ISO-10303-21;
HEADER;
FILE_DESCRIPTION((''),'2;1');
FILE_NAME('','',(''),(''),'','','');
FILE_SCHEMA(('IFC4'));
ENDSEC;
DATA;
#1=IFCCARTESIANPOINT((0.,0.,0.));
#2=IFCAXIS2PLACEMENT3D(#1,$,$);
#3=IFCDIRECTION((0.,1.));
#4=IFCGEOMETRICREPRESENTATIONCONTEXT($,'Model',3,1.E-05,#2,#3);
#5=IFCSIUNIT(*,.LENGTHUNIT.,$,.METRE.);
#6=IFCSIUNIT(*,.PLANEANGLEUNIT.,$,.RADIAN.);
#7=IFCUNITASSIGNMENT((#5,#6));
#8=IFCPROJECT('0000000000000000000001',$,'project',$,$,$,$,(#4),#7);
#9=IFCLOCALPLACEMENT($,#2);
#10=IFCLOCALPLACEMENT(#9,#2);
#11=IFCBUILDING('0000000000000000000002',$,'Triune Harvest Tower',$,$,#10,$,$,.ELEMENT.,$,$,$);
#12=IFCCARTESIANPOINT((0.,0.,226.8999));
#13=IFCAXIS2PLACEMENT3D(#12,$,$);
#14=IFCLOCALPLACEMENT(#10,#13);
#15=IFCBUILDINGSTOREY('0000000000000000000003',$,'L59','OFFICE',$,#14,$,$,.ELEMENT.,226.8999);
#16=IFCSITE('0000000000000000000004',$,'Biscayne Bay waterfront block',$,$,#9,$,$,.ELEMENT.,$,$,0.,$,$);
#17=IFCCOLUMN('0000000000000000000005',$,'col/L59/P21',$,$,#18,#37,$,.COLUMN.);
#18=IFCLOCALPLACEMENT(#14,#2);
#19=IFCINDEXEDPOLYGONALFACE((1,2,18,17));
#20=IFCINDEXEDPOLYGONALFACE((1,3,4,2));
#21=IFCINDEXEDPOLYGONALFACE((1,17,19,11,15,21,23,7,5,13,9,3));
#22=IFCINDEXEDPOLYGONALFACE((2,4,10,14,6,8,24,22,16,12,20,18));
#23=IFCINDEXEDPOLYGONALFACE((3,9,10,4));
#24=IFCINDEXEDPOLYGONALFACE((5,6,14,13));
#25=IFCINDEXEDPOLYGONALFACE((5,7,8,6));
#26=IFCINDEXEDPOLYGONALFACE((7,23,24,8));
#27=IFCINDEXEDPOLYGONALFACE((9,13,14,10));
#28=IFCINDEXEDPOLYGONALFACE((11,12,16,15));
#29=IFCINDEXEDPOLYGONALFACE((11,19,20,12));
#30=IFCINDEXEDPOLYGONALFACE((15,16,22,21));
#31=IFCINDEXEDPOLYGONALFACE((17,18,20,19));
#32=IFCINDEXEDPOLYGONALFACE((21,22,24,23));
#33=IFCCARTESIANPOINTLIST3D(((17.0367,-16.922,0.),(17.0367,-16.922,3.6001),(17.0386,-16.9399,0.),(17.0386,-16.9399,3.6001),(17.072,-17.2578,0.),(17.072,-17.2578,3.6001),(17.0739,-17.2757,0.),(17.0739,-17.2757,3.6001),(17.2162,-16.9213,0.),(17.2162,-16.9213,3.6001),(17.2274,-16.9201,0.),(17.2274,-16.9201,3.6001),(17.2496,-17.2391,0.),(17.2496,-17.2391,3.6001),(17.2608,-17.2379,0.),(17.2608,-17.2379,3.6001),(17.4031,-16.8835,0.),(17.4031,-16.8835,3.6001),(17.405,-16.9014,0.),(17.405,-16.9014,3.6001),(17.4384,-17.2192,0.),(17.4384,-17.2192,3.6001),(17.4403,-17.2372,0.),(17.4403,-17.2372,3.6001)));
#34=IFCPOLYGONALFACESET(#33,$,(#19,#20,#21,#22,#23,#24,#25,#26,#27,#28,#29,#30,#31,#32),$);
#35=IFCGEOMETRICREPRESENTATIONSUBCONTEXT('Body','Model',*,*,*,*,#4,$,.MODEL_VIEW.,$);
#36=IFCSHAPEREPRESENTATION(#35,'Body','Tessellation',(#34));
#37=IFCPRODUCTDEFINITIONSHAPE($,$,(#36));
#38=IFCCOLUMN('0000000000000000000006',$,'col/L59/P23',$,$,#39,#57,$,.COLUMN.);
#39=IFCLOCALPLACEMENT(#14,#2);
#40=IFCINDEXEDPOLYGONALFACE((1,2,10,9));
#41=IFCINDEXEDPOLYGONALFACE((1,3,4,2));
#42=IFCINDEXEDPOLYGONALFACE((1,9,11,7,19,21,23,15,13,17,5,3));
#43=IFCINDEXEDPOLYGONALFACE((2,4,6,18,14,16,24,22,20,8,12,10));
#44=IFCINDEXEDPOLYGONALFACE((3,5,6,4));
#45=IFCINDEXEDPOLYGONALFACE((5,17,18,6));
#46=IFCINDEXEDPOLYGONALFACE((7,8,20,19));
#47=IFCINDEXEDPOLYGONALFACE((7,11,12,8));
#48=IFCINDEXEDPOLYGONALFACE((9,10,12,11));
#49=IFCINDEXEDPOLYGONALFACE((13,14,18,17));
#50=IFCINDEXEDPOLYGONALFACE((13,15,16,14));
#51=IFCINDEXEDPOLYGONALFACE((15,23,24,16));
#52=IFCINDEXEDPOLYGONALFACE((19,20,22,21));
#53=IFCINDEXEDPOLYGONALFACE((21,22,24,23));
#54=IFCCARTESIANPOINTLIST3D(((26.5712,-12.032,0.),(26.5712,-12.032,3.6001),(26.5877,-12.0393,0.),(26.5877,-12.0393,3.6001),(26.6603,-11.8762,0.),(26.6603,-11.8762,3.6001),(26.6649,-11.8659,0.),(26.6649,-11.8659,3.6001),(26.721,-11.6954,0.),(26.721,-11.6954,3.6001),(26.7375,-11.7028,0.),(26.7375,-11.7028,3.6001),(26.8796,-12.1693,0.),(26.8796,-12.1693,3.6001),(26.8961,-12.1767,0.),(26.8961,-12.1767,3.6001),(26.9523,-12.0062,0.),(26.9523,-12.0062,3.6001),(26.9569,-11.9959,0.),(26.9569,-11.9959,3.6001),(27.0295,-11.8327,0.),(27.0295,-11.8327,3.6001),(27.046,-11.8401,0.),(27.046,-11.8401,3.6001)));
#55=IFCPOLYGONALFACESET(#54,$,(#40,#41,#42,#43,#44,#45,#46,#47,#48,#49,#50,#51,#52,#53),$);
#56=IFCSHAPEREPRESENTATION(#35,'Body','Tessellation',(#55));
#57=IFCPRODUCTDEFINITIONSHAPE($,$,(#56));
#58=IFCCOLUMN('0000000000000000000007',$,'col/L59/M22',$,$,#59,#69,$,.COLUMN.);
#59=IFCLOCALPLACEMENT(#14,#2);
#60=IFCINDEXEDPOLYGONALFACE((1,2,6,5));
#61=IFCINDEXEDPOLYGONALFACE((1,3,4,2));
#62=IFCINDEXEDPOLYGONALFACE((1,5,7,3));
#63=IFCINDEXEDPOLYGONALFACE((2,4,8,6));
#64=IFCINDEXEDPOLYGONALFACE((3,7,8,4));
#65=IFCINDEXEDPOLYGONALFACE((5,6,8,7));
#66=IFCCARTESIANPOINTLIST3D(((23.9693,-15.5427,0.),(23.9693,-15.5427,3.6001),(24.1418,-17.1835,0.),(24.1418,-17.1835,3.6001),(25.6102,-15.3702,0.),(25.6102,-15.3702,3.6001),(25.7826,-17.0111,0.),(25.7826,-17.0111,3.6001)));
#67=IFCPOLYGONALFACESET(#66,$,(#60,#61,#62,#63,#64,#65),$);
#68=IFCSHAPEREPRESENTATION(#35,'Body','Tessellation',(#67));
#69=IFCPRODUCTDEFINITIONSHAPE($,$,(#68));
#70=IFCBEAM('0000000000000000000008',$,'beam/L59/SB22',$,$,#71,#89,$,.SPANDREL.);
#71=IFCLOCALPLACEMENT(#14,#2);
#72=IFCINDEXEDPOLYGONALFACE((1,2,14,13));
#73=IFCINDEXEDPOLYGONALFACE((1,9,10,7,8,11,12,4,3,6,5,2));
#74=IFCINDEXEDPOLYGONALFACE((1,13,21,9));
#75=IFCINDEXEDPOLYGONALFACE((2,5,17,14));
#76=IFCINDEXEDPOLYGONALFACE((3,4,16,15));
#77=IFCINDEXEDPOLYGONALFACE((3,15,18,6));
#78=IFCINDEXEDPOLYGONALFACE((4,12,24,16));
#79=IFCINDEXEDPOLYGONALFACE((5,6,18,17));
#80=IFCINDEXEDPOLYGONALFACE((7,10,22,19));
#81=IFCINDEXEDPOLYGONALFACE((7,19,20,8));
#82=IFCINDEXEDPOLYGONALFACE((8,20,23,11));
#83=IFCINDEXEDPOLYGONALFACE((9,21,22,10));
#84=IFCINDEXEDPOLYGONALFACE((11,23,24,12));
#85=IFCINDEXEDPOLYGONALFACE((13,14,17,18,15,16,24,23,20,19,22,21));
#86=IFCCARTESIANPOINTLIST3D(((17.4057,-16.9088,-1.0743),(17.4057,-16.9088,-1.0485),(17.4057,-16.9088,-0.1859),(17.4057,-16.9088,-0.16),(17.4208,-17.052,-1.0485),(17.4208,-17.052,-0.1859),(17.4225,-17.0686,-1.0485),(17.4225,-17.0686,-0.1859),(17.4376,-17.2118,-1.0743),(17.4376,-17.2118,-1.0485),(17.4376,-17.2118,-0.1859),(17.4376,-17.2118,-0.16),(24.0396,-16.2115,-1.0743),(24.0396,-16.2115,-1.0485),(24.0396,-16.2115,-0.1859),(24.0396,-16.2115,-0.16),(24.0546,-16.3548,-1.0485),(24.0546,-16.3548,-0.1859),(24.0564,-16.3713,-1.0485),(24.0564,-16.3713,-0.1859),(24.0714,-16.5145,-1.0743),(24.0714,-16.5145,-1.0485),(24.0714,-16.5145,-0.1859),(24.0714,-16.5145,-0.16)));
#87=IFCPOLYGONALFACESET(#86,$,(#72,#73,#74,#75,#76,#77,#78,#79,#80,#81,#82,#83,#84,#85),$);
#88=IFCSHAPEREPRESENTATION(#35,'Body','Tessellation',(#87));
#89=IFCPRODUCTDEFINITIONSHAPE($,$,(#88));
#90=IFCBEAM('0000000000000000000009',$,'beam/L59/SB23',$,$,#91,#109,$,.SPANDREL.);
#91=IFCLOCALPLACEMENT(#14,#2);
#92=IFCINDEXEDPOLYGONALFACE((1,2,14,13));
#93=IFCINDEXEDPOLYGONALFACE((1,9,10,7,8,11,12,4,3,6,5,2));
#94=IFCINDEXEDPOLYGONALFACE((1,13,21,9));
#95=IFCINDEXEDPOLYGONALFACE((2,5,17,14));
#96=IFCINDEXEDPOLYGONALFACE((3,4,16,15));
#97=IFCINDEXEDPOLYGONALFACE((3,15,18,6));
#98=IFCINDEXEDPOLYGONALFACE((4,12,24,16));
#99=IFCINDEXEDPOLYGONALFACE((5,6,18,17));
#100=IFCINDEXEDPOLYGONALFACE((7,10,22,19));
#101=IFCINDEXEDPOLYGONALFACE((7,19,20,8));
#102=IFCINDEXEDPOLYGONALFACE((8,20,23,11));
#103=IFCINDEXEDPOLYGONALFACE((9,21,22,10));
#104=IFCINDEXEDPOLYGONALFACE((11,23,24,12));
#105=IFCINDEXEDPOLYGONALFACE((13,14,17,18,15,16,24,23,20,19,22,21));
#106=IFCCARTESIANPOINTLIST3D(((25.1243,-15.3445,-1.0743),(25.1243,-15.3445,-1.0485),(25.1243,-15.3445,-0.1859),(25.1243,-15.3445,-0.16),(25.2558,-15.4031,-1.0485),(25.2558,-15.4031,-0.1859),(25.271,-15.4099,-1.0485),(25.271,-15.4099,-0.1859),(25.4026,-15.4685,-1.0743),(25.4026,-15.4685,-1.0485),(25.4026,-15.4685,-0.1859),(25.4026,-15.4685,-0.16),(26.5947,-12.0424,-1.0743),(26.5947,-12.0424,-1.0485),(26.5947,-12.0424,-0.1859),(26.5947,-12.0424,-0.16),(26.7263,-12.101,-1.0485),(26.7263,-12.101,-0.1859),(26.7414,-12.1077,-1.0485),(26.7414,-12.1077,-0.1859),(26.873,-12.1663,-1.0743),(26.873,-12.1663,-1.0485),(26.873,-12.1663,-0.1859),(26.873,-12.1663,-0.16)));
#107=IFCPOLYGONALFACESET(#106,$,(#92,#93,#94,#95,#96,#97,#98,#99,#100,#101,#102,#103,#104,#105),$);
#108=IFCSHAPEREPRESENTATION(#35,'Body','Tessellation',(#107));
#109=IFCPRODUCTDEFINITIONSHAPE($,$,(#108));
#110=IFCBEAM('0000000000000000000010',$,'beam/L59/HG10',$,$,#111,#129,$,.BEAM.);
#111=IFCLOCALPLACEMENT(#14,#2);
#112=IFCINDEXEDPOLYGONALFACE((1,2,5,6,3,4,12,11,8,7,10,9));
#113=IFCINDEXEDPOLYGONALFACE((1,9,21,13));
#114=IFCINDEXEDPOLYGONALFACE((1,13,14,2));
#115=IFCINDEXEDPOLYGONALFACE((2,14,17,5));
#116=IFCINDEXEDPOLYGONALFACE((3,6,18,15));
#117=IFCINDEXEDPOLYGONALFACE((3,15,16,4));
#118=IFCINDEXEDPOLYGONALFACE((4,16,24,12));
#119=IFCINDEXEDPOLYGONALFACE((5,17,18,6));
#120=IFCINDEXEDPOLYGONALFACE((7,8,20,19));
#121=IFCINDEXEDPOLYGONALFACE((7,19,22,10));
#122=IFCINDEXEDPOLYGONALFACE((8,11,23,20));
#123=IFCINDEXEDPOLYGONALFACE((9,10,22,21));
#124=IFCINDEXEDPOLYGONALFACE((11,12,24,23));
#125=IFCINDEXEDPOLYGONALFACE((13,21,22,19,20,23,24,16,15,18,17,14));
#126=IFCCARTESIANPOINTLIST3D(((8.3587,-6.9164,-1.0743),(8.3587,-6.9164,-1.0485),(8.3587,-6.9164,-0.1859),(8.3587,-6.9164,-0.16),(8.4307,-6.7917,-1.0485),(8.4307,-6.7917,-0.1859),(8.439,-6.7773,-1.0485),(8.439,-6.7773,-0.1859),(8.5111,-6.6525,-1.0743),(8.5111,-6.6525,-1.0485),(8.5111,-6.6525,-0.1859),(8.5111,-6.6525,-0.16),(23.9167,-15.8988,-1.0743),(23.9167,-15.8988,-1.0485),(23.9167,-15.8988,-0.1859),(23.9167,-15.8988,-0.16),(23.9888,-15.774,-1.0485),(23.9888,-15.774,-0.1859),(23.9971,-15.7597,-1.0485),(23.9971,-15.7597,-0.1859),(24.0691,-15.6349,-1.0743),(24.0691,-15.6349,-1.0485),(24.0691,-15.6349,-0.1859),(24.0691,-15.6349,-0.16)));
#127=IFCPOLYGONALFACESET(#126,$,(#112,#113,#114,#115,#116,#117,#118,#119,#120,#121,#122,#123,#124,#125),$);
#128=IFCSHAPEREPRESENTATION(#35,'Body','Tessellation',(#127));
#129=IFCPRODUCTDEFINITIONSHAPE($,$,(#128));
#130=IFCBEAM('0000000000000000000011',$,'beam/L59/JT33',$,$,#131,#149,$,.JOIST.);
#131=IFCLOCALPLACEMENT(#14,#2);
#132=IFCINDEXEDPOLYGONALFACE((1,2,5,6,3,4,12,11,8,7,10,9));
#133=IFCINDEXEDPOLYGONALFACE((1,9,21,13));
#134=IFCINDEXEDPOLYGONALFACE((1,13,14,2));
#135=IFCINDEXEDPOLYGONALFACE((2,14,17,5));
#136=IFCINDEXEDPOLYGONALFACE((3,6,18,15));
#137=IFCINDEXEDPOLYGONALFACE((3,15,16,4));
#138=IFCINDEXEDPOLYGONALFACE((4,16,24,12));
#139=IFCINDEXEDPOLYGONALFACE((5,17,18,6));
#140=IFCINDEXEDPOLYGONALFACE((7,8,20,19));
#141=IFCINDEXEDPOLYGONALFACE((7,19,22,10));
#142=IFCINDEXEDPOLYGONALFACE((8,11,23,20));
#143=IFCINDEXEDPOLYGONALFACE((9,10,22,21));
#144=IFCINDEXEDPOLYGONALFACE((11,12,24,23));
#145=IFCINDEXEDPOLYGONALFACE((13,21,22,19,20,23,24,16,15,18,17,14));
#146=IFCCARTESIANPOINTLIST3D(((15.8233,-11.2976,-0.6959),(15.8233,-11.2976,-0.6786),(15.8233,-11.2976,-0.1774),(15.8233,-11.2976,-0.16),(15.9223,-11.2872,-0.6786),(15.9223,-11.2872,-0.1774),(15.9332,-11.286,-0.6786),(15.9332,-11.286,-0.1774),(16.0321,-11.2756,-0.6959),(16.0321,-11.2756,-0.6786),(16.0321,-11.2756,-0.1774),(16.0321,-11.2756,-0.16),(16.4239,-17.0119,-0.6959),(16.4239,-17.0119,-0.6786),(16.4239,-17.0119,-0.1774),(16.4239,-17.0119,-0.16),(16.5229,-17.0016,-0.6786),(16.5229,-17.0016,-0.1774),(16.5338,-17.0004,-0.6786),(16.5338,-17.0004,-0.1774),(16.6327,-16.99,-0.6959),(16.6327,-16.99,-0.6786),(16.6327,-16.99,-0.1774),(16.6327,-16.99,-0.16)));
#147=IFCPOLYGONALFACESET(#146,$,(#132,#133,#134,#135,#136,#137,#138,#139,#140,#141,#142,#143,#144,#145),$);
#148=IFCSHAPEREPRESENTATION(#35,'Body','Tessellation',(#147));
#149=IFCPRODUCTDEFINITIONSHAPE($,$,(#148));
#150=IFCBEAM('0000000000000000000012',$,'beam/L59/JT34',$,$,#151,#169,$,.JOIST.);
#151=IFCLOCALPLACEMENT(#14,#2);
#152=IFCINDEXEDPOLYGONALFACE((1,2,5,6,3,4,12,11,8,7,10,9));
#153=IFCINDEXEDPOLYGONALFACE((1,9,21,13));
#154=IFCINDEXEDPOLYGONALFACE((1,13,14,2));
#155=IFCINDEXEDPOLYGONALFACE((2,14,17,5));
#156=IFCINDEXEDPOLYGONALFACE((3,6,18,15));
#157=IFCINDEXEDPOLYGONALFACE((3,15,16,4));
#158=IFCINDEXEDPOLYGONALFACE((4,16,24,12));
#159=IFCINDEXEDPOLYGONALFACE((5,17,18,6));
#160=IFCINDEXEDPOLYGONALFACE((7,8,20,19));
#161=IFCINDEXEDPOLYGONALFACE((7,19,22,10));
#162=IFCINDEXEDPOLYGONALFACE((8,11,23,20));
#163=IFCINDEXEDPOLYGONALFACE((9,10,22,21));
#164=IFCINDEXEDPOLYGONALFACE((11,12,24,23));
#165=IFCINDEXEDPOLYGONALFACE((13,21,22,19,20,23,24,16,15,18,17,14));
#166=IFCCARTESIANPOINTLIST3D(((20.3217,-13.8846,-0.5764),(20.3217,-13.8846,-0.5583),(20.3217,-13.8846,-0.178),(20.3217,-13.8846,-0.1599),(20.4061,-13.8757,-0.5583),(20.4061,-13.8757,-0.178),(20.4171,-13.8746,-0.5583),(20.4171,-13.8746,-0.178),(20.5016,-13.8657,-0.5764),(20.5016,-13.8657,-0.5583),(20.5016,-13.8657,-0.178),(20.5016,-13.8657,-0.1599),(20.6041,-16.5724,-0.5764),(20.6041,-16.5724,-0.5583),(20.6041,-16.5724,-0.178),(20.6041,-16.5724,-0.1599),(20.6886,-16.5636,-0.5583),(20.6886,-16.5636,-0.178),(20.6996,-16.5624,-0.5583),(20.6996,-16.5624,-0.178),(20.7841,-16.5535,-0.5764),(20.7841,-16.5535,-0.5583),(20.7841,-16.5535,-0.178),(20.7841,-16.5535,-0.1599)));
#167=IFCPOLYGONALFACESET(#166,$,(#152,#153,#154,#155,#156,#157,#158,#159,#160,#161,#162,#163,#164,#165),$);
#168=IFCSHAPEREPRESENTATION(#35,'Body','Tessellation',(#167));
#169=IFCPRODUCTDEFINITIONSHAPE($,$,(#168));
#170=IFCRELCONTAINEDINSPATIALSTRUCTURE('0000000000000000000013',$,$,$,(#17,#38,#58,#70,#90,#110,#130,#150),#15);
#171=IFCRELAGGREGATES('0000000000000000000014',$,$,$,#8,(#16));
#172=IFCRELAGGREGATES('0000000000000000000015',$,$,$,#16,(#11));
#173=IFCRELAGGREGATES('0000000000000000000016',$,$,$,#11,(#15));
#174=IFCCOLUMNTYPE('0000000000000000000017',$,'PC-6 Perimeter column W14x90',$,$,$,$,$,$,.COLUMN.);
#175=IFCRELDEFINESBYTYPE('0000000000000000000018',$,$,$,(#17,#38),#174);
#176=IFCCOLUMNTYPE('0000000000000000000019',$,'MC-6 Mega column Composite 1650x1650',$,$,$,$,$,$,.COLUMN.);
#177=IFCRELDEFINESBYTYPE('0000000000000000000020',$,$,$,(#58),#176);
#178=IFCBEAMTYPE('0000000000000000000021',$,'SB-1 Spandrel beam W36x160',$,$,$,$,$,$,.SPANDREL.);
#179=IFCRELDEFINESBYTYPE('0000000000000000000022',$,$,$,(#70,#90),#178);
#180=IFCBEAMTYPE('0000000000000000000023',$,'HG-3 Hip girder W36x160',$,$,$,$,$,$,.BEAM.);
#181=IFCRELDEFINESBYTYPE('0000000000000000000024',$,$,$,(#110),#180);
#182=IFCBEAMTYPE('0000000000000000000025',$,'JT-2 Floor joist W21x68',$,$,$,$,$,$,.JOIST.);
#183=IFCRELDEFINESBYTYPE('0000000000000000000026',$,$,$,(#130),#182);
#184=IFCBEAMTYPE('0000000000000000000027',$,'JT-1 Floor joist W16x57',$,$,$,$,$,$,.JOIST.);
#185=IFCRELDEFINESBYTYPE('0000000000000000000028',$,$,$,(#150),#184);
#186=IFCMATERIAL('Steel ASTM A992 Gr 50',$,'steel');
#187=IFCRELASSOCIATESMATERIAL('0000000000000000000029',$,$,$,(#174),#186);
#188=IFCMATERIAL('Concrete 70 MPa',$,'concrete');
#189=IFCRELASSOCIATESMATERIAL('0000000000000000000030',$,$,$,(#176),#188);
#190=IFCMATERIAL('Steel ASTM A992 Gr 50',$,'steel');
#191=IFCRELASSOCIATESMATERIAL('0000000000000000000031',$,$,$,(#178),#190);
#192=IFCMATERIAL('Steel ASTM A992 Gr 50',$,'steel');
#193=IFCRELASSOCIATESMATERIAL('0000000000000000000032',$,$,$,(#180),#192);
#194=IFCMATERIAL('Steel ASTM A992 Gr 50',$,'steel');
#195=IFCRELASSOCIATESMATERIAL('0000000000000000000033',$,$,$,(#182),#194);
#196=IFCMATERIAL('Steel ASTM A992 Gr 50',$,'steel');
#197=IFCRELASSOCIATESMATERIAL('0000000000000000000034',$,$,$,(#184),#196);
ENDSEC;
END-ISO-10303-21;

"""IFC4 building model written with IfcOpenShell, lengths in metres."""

from ifc_helpers import new_model, si_unit, direction, frame, origin, origin_2d, place, context, subcontext, project, spatial, rectangle, i_section, extrude, source, transform, mapped, material, material_profile, profile_set, type_object, element, save


model = new_model("IFC4")

# Units and contexts
model_context = context("Model", 3, precision=1e-05, world=origin(), true_north=direction((0.0, 1.0)))
body_context = subcontext(model_context, "Body", "Model", "MODEL_VIEW")
ifc_project = project(units=[si_unit("LENGTHUNIT", "METRE"), si_unit("PLANEANGLEUNIT", "RADIAN")], contexts=[model_context])

# Site, building, storey
site_placement = place(None, origin())
site = spatial("IfcSite", under=ifc_project, at=site_placement, Name="Biscayne Bay waterfront block", CompositionType="ELEMENT", RefElevation=0.0)
building_placement = place(site_placement, origin())
building = spatial("IfcBuilding", under=site, at=building_placement, Name="Triune Harvest Tower", CompositionType="ELEMENT")
storey_placement = place(building_placement, frame((0.0, 0.0, 226.8999)))
storey = spatial("IfcBuildingStorey", under=building, at=storey_placement, Name="L59", Description="OFFICE", CompositionType="ELEMENT", Elevation=226.8999)

# Columns
ifc_material_1 = material(Name="Steel ASTM A992 Gr 50", Category="steel")
ifc_material_profile_1 = material_profile(ifc_material_1, i_section(OverallWidth=0.3684, OverallDepth=0.3557, WebThickness=0.0112, FlangeThickness=0.0181, at=origin_2d()), Name="W14x90")
ifc_profile_set_1 = profile_set([ifc_material_profile_1], Name="Steel ASTM A992 Gr 50")
column_type_1 = type_object("IfcColumnType", Name="PC-6 Perimeter column W14x90", PredefinedType="COLUMN", material=ifc_profile_set_1)
shared_shape_1 = source(origin(), body_context, "Body", "SweptSolid", [
    extrude(i_section(OverallWidth=0.3684, OverallDepth=0.3557, WebThickness=0.0112, FlangeThickness=0.0181, at=origin_2d()), origin(), (0.0, 0.0, 1.0), 3.6001),
])
for number, where, z_axis, x_axis, name in (
    (1, (17.2385, -17.0796, 0.0), (0.0, 0.0, 1.0), (0.994522, 0.10453, 0.0), "col/L59/P21"),
    (2, (26.8086, -11.936, 0.0), (0.0, 0.0, 1.0), (0.406741, 0.913543, 0.0), "col/L59/P23"),
):
    element("IfcColumn", number, at=place(storey_placement, frame(where, z_axis=z_axis, x_axis=x_axis)), inside=storey, type_object=column_type_1, Name=name, PredefinedType="COLUMN", context=body_context, shape_type="MappedRepresentation", body=[
        mapped(shared_shape_1, transform((0.0, 0.0, 0.0), scale=1.0)),
    ])
ifc_material_2 = material(Name="Concrete 70 MPa", Category="concrete")
ifc_material_profile_2 = material_profile(ifc_material_2, rectangle(XDim=1.6499, YDim=1.6499, at=origin_2d()), Name="Composite 1650x1650")
ifc_profile_set_2 = profile_set([ifc_material_profile_2], Name="Concrete 70 MPa")
column_type_2 = type_object("IfcColumnType", Name="MC-6 Mega column Composite 1650x1650", PredefinedType="COLUMN", material=ifc_profile_set_2)
shared_shape_2 = source(origin(), body_context, "Body", "SweptSolid", [
    extrude(rectangle(XDim=1.6499, YDim=1.6499, at=origin_2d()), origin(), (0.0, 0.0, 1.0), 3.6001),
])
column_placement = place(storey_placement, frame((24.876, -16.2769, 0.0), z_axis=(0.0, 0.0, 1.0), x_axis=(0.994522, 0.10453, 0.0)))
element("IfcColumn", 3, at=column_placement, inside=storey, type_object=column_type_2, Name="col/L59/M22", PredefinedType="COLUMN", context=body_context, shape_type="MappedRepresentation", body=[
    mapped(shared_shape_2, transform((0.0, 0.0, 0.0), scale=1.0)),
])

# Beams
ifc_material_3 = material(Name="Steel ASTM A992 Gr 50", Category="steel")
ifc_material_profile_3 = material_profile(ifc_material_3, i_section(OverallWidth=0.3047, OverallDepth=0.9143, WebThickness=0.0166, FlangeThickness=0.0259, at=origin_2d()), Name="W36x160")
ifc_profile_set_3 = profile_set([ifc_material_profile_3], Name="Steel ASTM A992 Gr 50")
beam_type_1 = type_object("IfcBeamType", Name="SB-1 Spandrel beam W36x160", PredefinedType="SPANDREL", material=ifc_profile_set_3)
shared_shape_3 = source(origin(), body_context, "Body", "SweptSolid", [
    extrude(i_section(OverallWidth=0.3047, OverallDepth=0.9143, WebThickness=0.0166, FlangeThickness=0.0259, at=origin_2d()), origin(), (0.0, 0.0, 1.0), 6.6704),
])
beam_1_placement = place(storey_placement, frame((17.4216, -17.0603, -0.6172), z_axis=(0.994521, 0.104532, 0.0), x_axis=(-0.104532, 0.994521, 0.0)))
element("IfcBeam", 4, at=beam_1_placement, inside=storey, type_object=beam_type_1, Name="beam/L59/SB22", PredefinedType="SPANDREL", context=body_context, shape_type="MappedRepresentation", body=[
    mapped(shared_shape_3, transform((0.0, 0.0, 0.0), scale=1.0)),
])
shared_shape_4 = source(origin(), body_context, "Body", "SweptSolid", [
    extrude(i_section(OverallWidth=0.3047, OverallDepth=0.9143, WebThickness=0.0166, FlangeThickness=0.0259, at=origin_2d()), origin(), (0.0, 0.0, 1.0), 3.6147),
])
beam_2_placement = place(storey_placement, frame((25.2634, -15.4065, -0.6172), z_axis=(0.406784, 0.913524, 0.0), x_axis=(-0.913524, 0.406784, 0.0)))
element("IfcBeam", 5, at=beam_2_placement, inside=storey, type_object=beam_type_1, Name="beam/L59/SB23", PredefinedType="SPANDREL", context=body_context, shape_type="MappedRepresentation", body=[
    mapped(shared_shape_4, transform((0.0, 0.0, 0.0), scale=1.0)),
])
ifc_material_4 = material(Name="Steel ASTM A992 Gr 50", Category="steel")
ifc_material_profile_4 = material_profile(ifc_material_4, i_section(OverallWidth=0.3047, OverallDepth=0.9143, WebThickness=0.0166, FlangeThickness=0.0259, at=origin_2d()), Name="W36x160")
ifc_profile_set_4 = profile_set([ifc_material_profile_4], Name="Steel ASTM A992 Gr 50")
beam_type_2 = type_object("IfcBeamType", Name="HG-3 Hip girder W36x160", PredefinedType="BEAM", material=ifc_profile_set_4)
shared_shape_5 = source(origin(), body_context, "Body", "SweptSolid", [
    extrude(i_section(OverallWidth=0.3047, OverallDepth=0.9143, WebThickness=0.0166, FlangeThickness=0.0259, at=origin_2d()), origin(), (0.0, 0.0, 1.0), 17.9648),
])
beam_3_placement = place(storey_placement, frame((23.9929, -15.7668, -0.6172), z_axis=(-0.866027, 0.499998, 0.0), x_axis=(-0.499998, -0.866027, 0.0)))
element("IfcBeam", 6, at=beam_3_placement, inside=storey, type_object=beam_type_2, Name="beam/L59/HG10", PredefinedType="BEAM", context=body_context, shape_type="MappedRepresentation", body=[
    mapped(shared_shape_5, transform((0.0, 0.0, 0.0), scale=1.0)),
])
ifc_material_5 = material(Name="Steel ASTM A992 Gr 50", Category="steel")
ifc_material_profile_5 = material_profile(ifc_material_5, i_section(OverallWidth=0.21, OverallDepth=0.5359, WebThickness=0.011, FlangeThickness=0.0173, at=origin_2d()), Name="W21x68")
ifc_profile_set_5 = profile_set([ifc_material_profile_5], Name="Steel ASTM A992 Gr 50")
beam_type_3 = type_object("IfcBeamType", Name="JT-2 Floor joist W21x68", PredefinedType="JOIST", material=ifc_profile_set_5)
shared_shape_6 = source(origin(), body_context, "Body", "SweptSolid", [
    extrude(i_section(OverallWidth=0.21, OverallDepth=0.5359, WebThickness=0.011, FlangeThickness=0.0173, at=origin_2d()), origin(), (0.0, 0.0, 1.0), 5.7458),
])
beam_4_placement = place(storey_placement, frame((16.5283, -17.001, -0.428), z_axis=(-0.104526, 0.994522, 0.0), x_axis=(-0.994522, -0.104526, 0.0)))
element("IfcBeam", 7, at=beam_4_placement, inside=storey, type_object=beam_type_3, Name="beam/L59/JT33", PredefinedType="JOIST", context=body_context, shape_type="MappedRepresentation", body=[
    mapped(shared_shape_6, transform((0.0, 0.0, 0.0), scale=1.0)),
])
ifc_material_6 = material(Name="Steel ASTM A992 Gr 50", Category="steel")
ifc_material_profile_6 = material_profile(ifc_material_6, i_section(OverallWidth=0.1809, OverallDepth=0.4165, WebThickness=0.011, FlangeThickness=0.0181, at=origin_2d()), Name="W16x57")
ifc_profile_set_6 = profile_set([ifc_material_profile_6], Name="Steel ASTM A992 Gr 50")
beam_type_4 = type_object("IfcBeamType", Name="JT-1 Floor joist W16x57", PredefinedType="JOIST", material=ifc_profile_set_6)
shared_shape_7 = source(origin(), body_context, "Body", "SweptSolid", [
    extrude(i_section(OverallWidth=0.1809, OverallDepth=0.4165, WebThickness=0.011, FlangeThickness=0.0181, at=origin_2d()), origin(), (0.0, 0.0, 1.0), 2.7026),
])
beam_5_placement = place(storey_placement, frame((20.6941, -16.563, -0.3682), z_axis=(-0.10452, 0.994523, 0.0), x_axis=(-0.994523, -0.10452, 0.0)))
element("IfcBeam", 8, at=beam_5_placement, inside=storey, type_object=beam_type_4, Name="beam/L59/JT34", PredefinedType="JOIST", context=body_context, shape_type="MappedRepresentation", body=[
    mapped(shared_shape_7, transform((0.0, 0.0, 0.0), scale=1.0)),
])

save(model, "model.ifc")
